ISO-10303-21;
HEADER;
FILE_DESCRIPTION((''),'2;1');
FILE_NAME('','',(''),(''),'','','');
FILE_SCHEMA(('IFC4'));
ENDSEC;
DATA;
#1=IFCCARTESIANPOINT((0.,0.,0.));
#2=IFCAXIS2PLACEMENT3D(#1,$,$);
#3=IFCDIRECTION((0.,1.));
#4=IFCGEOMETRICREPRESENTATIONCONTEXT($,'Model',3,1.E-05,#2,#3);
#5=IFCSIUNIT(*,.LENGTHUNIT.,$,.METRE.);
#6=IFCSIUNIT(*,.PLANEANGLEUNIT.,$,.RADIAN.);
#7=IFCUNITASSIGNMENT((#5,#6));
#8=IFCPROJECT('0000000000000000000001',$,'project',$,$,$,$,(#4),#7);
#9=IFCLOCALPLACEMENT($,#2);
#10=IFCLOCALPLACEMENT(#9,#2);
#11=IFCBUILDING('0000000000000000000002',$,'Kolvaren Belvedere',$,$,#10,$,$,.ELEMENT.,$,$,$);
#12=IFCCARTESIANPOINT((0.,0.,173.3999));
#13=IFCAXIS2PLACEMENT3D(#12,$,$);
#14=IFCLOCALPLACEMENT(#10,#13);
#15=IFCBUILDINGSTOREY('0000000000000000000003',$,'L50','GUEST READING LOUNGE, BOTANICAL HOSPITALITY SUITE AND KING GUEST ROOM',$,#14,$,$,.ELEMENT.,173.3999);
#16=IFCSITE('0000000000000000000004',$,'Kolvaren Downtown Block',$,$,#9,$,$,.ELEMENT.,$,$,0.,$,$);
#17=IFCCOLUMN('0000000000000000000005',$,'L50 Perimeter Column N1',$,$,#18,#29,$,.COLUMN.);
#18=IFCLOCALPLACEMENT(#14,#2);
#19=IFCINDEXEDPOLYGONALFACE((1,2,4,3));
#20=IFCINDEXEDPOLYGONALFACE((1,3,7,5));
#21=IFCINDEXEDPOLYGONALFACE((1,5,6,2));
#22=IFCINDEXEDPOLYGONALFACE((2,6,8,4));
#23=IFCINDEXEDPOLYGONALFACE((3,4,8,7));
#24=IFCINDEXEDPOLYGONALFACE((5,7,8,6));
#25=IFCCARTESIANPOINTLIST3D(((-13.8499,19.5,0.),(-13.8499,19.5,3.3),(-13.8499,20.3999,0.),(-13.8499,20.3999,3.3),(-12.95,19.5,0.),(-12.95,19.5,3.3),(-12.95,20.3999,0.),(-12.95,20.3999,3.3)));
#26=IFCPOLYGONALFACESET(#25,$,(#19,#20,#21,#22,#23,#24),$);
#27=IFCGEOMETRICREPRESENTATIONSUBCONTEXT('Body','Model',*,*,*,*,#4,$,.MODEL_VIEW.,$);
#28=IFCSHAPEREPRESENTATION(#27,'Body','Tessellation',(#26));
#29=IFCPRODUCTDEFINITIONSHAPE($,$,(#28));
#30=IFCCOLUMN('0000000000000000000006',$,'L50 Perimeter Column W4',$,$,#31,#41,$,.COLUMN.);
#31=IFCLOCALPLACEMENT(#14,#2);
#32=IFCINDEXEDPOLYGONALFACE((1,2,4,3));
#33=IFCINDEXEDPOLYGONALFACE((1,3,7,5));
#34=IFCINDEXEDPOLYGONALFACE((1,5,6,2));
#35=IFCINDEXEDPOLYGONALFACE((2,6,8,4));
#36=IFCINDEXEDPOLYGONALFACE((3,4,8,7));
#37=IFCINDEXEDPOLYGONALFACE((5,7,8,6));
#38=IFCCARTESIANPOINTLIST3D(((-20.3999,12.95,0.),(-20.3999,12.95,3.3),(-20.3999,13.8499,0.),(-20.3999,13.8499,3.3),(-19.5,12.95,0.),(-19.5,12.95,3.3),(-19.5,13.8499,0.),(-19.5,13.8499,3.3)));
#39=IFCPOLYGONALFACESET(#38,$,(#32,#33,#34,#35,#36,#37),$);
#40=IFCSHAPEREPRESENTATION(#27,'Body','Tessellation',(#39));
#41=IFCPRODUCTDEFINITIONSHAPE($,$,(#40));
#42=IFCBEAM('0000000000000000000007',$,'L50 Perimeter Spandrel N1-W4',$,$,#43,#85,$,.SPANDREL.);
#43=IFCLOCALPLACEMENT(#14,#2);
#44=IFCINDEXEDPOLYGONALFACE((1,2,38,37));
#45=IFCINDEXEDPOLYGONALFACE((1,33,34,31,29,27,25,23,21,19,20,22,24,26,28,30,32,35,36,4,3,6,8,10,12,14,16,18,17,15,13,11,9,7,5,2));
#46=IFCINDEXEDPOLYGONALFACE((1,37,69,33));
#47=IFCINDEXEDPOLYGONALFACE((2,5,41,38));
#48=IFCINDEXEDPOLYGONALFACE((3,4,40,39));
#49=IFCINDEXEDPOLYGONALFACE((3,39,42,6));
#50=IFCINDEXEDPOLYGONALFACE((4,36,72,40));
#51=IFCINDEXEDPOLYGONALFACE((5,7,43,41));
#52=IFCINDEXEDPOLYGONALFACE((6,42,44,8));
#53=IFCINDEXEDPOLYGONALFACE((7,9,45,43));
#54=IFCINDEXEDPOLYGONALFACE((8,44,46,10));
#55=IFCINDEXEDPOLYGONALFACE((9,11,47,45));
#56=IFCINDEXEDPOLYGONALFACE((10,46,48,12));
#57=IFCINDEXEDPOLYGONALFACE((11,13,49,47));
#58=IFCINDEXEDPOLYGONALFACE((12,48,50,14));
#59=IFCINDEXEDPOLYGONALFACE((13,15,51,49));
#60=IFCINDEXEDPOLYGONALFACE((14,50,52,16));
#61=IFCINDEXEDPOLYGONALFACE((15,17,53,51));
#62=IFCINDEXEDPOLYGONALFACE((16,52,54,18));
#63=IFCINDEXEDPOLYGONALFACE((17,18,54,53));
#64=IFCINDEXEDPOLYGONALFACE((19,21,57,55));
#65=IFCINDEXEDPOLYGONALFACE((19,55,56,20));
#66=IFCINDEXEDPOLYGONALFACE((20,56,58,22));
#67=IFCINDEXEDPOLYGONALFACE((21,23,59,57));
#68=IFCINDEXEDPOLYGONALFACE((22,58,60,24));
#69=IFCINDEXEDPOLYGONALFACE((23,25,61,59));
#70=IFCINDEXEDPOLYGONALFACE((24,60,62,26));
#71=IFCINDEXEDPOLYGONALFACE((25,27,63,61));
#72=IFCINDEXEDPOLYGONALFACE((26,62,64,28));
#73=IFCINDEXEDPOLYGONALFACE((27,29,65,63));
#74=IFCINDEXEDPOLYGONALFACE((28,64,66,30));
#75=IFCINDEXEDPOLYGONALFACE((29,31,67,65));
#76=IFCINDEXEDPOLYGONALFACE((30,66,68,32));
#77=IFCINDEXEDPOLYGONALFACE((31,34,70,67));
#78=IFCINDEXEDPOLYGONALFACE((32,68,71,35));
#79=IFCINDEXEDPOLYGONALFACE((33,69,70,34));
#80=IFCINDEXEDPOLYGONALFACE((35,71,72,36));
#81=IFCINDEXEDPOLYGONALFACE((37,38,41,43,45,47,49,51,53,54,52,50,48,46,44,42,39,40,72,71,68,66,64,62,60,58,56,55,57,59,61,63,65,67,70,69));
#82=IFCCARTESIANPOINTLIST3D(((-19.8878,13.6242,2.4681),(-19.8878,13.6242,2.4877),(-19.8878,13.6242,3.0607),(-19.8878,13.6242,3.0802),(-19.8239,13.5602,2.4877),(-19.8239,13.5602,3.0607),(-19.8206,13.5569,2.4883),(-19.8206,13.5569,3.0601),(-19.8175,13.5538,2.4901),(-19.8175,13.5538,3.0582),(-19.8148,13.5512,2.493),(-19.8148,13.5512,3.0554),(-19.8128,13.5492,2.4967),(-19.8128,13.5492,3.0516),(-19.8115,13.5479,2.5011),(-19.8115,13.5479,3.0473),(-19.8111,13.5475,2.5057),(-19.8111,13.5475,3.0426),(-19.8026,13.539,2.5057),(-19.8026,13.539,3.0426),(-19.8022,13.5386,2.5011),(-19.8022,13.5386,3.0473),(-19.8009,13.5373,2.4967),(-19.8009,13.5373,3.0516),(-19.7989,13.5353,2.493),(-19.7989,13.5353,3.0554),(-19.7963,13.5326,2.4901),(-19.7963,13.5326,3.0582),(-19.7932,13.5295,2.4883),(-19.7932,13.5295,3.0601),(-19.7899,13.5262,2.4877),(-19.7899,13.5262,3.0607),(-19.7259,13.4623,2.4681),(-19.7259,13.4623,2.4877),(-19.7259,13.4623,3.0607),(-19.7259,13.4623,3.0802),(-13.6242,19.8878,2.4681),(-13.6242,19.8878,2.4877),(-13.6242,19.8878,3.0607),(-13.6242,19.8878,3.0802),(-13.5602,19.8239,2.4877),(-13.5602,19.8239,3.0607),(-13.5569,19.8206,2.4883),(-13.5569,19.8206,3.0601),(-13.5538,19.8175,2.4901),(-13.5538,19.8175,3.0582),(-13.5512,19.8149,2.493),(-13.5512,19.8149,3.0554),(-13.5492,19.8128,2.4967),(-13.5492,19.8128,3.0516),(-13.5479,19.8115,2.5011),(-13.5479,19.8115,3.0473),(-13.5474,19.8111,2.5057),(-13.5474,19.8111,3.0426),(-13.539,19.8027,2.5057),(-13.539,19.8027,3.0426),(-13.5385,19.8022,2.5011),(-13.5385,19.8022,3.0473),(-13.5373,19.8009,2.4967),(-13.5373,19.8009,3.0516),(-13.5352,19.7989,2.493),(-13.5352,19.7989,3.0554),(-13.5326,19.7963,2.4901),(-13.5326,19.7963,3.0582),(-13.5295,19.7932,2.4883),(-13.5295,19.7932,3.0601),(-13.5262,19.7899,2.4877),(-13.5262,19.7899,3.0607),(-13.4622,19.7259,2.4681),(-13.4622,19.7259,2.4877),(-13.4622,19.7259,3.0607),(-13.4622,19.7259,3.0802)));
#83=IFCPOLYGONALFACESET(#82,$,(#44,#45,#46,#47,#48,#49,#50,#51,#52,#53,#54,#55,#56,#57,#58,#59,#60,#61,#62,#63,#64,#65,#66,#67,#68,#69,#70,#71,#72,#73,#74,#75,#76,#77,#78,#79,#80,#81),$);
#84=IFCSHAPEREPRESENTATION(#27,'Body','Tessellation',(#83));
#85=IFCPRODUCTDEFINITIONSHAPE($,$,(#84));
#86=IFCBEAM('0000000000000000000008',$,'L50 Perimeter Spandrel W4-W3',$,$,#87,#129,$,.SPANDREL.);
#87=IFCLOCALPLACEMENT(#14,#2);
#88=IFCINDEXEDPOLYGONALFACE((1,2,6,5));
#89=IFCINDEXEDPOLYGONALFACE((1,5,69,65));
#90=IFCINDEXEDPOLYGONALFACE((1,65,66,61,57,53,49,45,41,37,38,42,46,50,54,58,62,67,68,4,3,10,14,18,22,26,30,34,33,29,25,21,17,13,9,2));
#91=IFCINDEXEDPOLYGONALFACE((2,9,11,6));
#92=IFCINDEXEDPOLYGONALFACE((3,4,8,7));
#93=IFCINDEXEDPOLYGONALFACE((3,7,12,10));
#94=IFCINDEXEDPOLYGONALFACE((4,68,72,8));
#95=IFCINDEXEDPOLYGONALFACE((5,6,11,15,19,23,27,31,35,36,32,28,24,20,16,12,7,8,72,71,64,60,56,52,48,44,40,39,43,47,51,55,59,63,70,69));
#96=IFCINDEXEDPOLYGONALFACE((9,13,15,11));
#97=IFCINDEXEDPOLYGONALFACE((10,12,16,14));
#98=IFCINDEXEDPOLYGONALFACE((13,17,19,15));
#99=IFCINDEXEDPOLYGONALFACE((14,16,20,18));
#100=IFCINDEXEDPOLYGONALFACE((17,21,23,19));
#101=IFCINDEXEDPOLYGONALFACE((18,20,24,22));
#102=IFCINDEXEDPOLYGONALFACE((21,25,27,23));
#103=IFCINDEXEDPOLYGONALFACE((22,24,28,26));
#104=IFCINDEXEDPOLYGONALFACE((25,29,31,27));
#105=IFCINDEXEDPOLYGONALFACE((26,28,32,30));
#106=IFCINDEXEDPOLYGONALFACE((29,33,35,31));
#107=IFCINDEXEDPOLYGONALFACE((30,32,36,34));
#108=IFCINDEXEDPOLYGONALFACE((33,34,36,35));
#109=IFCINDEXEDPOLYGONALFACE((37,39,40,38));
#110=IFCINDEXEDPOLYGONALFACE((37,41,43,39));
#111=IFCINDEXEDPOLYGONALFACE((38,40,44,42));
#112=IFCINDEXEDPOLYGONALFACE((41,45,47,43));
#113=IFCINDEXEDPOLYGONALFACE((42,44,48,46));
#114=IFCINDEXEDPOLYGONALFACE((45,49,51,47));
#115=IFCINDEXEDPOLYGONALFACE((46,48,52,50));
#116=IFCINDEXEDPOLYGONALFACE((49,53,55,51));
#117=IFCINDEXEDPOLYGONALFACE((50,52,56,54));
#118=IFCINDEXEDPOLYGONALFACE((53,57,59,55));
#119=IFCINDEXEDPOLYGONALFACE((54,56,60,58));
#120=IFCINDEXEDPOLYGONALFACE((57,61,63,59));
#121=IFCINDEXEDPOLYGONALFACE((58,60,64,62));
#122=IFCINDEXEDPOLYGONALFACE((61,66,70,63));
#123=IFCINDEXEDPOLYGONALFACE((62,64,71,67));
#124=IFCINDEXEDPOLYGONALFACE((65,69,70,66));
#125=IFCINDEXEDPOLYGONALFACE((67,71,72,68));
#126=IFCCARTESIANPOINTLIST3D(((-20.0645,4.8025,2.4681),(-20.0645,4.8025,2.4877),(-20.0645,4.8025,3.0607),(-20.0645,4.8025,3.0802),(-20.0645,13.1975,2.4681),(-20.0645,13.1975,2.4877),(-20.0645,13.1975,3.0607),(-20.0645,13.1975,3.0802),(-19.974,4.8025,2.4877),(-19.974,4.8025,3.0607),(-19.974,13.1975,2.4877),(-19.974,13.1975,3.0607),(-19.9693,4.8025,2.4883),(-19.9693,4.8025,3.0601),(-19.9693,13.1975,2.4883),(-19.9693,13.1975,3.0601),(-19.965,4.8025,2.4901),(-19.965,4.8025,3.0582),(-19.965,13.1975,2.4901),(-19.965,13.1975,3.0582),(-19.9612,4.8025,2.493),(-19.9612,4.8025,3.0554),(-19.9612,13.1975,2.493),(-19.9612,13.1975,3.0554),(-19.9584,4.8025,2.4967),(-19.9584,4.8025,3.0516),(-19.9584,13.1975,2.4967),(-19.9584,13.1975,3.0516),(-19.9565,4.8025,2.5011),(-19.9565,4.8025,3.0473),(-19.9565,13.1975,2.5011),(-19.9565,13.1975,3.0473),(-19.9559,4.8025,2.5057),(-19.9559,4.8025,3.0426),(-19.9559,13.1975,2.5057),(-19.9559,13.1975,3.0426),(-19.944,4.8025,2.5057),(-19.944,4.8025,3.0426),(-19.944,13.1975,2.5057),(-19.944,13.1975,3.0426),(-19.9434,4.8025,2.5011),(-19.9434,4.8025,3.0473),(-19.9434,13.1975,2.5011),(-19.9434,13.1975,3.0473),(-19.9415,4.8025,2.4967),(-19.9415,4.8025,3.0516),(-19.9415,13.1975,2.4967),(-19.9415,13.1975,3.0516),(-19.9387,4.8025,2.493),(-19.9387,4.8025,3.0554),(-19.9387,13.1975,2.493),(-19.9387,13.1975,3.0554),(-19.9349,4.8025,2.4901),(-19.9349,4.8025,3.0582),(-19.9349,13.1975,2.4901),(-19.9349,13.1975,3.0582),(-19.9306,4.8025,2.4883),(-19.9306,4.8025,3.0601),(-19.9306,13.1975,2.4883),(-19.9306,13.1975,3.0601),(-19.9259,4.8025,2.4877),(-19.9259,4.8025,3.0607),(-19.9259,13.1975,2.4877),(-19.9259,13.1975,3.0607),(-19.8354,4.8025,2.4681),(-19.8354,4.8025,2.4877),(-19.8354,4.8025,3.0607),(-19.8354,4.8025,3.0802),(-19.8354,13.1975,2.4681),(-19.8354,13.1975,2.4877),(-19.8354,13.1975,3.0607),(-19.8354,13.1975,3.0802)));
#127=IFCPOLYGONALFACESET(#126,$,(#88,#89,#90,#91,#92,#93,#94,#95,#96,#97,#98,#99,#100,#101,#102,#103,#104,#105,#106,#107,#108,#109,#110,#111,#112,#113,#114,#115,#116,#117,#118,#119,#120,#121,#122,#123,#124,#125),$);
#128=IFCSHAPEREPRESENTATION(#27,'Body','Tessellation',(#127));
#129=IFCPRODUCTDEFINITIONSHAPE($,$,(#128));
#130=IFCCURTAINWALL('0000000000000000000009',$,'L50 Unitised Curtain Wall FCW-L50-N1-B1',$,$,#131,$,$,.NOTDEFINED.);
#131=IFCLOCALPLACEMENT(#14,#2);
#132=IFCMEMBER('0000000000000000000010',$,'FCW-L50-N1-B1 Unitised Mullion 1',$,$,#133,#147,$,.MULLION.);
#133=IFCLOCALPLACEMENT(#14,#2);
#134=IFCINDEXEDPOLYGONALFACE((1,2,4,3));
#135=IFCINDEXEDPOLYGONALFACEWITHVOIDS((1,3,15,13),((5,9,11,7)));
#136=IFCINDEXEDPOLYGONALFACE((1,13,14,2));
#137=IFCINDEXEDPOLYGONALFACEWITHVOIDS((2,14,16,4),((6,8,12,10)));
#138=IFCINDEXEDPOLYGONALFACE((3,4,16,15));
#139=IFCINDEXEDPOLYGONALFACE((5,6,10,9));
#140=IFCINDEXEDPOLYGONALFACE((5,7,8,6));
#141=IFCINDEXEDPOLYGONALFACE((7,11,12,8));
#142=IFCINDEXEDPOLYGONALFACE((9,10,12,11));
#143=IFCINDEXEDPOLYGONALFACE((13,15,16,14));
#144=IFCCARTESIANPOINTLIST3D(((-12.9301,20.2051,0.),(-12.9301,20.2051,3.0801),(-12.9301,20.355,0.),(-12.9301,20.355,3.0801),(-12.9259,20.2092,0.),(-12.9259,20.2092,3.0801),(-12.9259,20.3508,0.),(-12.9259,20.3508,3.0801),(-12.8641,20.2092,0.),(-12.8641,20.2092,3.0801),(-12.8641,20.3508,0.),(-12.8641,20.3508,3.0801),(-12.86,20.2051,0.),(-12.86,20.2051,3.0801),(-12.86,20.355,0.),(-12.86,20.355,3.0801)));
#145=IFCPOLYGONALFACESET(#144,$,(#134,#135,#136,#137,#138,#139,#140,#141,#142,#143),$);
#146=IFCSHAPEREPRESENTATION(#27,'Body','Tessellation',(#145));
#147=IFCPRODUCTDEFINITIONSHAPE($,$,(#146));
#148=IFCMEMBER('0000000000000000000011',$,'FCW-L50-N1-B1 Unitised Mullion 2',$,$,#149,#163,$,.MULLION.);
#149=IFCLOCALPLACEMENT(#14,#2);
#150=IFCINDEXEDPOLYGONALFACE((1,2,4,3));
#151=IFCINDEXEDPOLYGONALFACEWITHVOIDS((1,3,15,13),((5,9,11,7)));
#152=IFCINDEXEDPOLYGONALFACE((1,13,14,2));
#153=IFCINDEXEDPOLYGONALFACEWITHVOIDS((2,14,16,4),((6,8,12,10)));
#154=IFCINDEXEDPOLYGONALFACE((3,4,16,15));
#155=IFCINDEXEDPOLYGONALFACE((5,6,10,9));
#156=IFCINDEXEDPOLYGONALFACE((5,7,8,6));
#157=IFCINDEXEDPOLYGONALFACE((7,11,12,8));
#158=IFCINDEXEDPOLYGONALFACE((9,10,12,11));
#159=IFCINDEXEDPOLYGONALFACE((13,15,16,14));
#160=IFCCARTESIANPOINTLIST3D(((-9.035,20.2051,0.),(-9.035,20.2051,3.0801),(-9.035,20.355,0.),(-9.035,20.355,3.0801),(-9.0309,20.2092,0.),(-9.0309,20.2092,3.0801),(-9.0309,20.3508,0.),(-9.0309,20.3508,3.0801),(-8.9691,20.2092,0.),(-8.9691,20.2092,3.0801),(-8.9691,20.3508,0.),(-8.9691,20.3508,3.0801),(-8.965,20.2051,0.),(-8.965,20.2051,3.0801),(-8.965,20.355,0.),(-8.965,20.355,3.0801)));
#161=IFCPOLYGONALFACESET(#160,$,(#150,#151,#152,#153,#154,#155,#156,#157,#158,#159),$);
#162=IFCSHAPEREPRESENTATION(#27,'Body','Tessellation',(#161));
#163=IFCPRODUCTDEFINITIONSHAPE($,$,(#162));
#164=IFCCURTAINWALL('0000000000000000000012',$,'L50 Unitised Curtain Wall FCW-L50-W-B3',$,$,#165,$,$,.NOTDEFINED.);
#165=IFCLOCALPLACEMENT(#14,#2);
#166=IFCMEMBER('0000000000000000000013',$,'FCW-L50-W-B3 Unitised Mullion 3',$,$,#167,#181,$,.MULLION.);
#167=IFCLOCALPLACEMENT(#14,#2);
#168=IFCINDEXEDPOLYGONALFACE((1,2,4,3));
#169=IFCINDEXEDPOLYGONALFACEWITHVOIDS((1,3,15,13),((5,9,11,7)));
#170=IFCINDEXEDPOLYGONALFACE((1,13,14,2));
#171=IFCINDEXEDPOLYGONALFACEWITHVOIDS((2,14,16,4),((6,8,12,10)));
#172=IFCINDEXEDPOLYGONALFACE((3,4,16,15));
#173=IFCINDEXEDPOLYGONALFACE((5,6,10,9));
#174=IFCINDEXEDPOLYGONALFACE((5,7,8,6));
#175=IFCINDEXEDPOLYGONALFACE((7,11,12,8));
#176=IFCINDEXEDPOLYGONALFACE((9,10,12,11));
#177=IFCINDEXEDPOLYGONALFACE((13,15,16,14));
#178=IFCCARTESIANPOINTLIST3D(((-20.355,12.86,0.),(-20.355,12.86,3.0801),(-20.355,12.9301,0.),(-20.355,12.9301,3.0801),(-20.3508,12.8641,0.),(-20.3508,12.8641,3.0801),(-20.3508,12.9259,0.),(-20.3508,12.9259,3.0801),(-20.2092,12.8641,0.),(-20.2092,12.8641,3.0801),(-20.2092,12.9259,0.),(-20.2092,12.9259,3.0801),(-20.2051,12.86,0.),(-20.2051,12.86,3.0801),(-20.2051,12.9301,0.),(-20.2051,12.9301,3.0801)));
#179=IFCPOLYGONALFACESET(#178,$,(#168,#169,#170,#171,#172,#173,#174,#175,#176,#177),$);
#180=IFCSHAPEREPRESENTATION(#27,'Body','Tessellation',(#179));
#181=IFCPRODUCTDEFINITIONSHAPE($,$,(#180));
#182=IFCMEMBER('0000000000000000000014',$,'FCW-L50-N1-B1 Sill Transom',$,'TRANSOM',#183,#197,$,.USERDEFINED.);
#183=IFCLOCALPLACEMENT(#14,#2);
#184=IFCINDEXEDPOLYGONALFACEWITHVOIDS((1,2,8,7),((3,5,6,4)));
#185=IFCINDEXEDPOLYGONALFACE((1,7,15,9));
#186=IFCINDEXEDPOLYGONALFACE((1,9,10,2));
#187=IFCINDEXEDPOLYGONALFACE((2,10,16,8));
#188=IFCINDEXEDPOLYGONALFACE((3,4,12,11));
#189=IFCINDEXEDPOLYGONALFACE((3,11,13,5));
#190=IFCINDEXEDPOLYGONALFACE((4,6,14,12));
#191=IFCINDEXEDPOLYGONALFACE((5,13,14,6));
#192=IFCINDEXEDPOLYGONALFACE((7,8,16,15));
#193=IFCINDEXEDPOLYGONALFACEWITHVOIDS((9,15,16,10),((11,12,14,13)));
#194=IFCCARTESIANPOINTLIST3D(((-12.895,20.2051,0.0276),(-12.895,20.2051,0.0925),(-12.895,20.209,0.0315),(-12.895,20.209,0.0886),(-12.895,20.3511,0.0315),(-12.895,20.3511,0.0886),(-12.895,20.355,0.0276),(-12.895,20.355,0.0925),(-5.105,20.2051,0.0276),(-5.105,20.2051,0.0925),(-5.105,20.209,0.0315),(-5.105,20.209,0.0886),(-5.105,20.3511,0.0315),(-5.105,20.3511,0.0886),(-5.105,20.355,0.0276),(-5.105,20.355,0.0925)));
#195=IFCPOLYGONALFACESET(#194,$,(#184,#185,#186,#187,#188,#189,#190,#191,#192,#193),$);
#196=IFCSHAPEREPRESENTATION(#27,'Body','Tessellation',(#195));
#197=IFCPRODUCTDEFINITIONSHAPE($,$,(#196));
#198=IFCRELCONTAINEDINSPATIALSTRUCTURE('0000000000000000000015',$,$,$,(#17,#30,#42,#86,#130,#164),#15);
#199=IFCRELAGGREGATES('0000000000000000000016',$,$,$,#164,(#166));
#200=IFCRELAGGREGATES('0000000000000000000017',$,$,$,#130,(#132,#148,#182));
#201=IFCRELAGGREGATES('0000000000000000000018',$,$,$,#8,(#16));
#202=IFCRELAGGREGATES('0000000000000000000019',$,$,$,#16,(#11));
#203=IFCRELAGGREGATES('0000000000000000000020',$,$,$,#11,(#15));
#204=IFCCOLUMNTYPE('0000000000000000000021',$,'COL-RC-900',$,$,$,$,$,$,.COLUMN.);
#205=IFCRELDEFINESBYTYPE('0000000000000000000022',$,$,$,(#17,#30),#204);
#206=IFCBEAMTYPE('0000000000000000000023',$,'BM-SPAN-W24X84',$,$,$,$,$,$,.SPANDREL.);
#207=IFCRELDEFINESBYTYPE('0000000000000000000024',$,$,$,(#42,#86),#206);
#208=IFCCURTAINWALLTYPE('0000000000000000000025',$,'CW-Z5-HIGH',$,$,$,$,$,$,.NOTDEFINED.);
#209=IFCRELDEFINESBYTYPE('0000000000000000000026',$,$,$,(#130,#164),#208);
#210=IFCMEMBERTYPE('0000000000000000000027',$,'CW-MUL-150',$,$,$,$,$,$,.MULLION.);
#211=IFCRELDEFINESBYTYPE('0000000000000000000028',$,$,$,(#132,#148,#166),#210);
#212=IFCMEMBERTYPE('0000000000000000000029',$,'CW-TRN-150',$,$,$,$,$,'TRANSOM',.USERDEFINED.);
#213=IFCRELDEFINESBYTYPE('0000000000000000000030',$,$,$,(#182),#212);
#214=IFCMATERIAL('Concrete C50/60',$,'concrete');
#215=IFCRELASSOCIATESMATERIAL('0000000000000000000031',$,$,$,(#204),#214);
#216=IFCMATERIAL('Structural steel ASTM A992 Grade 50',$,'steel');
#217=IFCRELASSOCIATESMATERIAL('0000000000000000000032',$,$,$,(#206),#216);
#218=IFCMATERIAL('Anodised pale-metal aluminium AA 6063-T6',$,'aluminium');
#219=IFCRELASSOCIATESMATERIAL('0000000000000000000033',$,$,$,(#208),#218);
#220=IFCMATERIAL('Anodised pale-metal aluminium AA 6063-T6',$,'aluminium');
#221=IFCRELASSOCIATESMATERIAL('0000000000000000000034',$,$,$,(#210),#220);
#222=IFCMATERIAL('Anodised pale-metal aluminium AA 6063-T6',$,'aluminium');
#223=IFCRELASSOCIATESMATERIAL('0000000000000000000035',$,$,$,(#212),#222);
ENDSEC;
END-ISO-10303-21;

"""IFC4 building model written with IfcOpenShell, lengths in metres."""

from ifc_helpers import new_model, si_unit, direction, frame, origin, origin_2d, place, context, subcontext, project, spatial, rectangle, hollow_rectangle, i_section, extrude, material, material_profile, profile_set, type_object, element, aggregate, save


model = new_model("IFC4")

# Units and contexts
model_context = context("Model", 3, precision=1e-05, world=origin(), true_north=direction((0.0, 1.0)))
body_context = subcontext(model_context, "Body", "Model", "MODEL_VIEW")
ifc_project = project(units=[si_unit("LENGTHUNIT", "METRE"), si_unit("PLANEANGLEUNIT", "RADIAN")], contexts=[model_context])

# Site, building, storey
site_placement = place(None, origin())
site = spatial("IfcSite", under=ifc_project, at=site_placement, Name="Kolvaren Downtown Block", CompositionType="ELEMENT", RefElevation=0.0)
building_placement = place(site_placement, origin())
building = spatial("IfcBuilding", under=site, at=building_placement, Name="Kolvaren Belvedere", CompositionType="ELEMENT")
storey_placement = place(building_placement, frame((0.0, 0.0, 173.3999)))
storey = spatial("IfcBuildingStorey", under=building, at=storey_placement, Name="L50", Description="GUEST READING LOUNGE, BOTANICAL HOSPITALITY SUITE AND KING GUEST ROOM", CompositionType="ELEMENT", Elevation=173.3999)

# Columns
ifc_material_1 = material(Name="Concrete C50/60", Category="concrete")
ifc_material_profile_1 = material_profile(ifc_material_1, rectangle(XDim=0.8999, YDim=0.8999, at=origin_2d()), Name="RC 900X900")
ifc_profile_set_1 = profile_set([ifc_material_profile_1], Name="Concrete C50/60")
column_type = type_object("IfcColumnType", Name="COL-RC-900", PredefinedType="COLUMN", material=ifc_profile_set_1)
for number, where, z_axis, x_axis, name in (
    (1, (-13.3999, 19.95, 0.0), (0.0, 0.0, 1.0), (1.0, 0.0, 0.0), "L50 Perimeter Column N1"),
    (2, (-19.95, 13.3999, 0.0), (0.0, 0.0, 1.0), (1.0, 0.0, 0.0), "L50 Perimeter Column W4"),
):
    element("IfcColumn", number, at=place(storey_placement, frame(where, z_axis=z_axis, x_axis=x_axis)), inside=storey, type_object=column_type, Name=name, PredefinedType="COLUMN", context=body_context, shape_type="SweptSolid", body=[
        extrude(rectangle(XDim=0.8999, YDim=0.8999, at=origin_2d()), origin(), (0.0, 0.0, 1.0), 3.3),
    ])

# Beams
ifc_material_2 = material(Name="Structural steel ASTM A992 Grade 50", Category="steel")
ifc_material_profile_2 = material_profile(ifc_material_2, i_section(OverallWidth=0.229, OverallDepth=0.6121, WebThickness=0.012, FlangeThickness=0.0195, FilletRadius=0.0181, at=origin_2d()), Name="W24X84")
ifc_profile_set_2 = profile_set([ifc_material_profile_2], Name="Structural steel ASTM A992 Grade 50")
beam_type = type_object("IfcBeamType", Name="BM-SPAN-W24X84", PredefinedType="SPANDREL", material=ifc_profile_set_2)
beam_1_placement = place(storey_placement, frame((-13.5432, 19.8069, 2.7742), z_axis=(-0.707107, -0.707107, 0.0), x_axis=(0.707107, -0.707107, 0.0)))
element("IfcBeam", 3, at=beam_1_placement, inside=storey, type_object=beam_type, Name="L50 Perimeter Spandrel N1-W4", PredefinedType="SPANDREL", context=body_context, shape_type="SweptSolid", body=[
    extrude(i_section(OverallWidth=0.229, OverallDepth=0.6121, WebThickness=0.012, FlangeThickness=0.0195, FilletRadius=0.0181, at=origin_2d()), origin(), (0.0, 0.0, 1.0), 8.8582),
])
beam_2_placement = place(storey_placement, frame((-19.95, 13.1975, 2.7742), z_axis=(0.0, -1.0, 0.0), x_axis=(1.0, 0.0, 0.0)))
element("IfcBeam", 4, at=beam_2_placement, inside=storey, type_object=beam_type, Name="L50 Perimeter Spandrel W4-W3", PredefinedType="SPANDREL", context=body_context, shape_type="SweptSolid", body=[
    extrude(i_section(OverallWidth=0.229, OverallDepth=0.6121, WebThickness=0.012, FlangeThickness=0.0195, FilletRadius=0.0181, at=origin_2d()), origin(), (0.0, 0.0, 1.0), 8.395),
])

# Curtain wall, members
ifc_material_3 = material(Name="Anodised pale-metal aluminium AA 6063-T6", Category="aluminium")
curtain_wall_type = type_object("IfcCurtainWallType", Name="CW-Z5-HIGH", PredefinedType="NOTDEFINED", material=ifc_material_3)
curtain_wall_1_placement = place(storey_placement, origin())
curtain_wall_1 = element("IfcCurtainWall", 5, at=curtain_wall_1_placement, inside=storey, type_object=curtain_wall_type, Name="L50 Unitised Curtain Wall FCW-L50-N1-B1", PredefinedType="NOTDEFINED")
ifc_material_4 = material(Name="Anodised pale-metal aluminium AA 6063-T6", Category="aluminium")
ifc_material_profile_3 = material_profile(ifc_material_4, hollow_rectangle(XDim=0.0701, YDim=0.1499, WallThickness=0.0042, at=origin_2d()), Name="ALU-MUL-150X70")
ifc_profile_set_3 = profile_set([ifc_material_profile_3], Name="Anodised pale-metal aluminium AA 6063-T6")
member_type_1 = type_object("IfcMemberType", Name="CW-MUL-150", PredefinedType="MULLION", material=ifc_profile_set_3)
member_1_placement = place(storey_placement, frame((-12.895, 20.28, 0.0), z_axis=(0.0, 0.0, 1.0), x_axis=(1.0, 0.0, 0.0)))
member_1 = element("IfcMember", 6, at=member_1_placement, type_object=member_type_1, Name="FCW-L50-N1-B1 Unitised Mullion 1", PredefinedType="MULLION", context=body_context, shape_type="SweptSolid", body=[
    extrude(hollow_rectangle(XDim=0.0701, YDim=0.1499, WallThickness=0.0042, at=origin_2d()), origin(), (0.0, 0.0, 1.0), 3.0801),
])
member_2_placement = place(storey_placement, frame((-9.0, 20.28, 0.0), z_axis=(0.0, 0.0, 1.0), x_axis=(1.0, 0.0, 0.0)))
member_2 = element("IfcMember", 7, at=member_2_placement, type_object=member_type_1, Name="FCW-L50-N1-B1 Unitised Mullion 2", PredefinedType="MULLION", context=body_context, shape_type="SweptSolid", body=[
    extrude(hollow_rectangle(XDim=0.0701, YDim=0.1499, WallThickness=0.0042, at=origin_2d()), origin(), (0.0, 0.0, 1.0), 3.0801),
])

# Curtain wall, member
curtain_wall_2_placement = place(storey_placement, origin())
curtain_wall_2 = element("IfcCurtainWall", 8, at=curtain_wall_2_placement, inside=storey, type_object=curtain_wall_type, Name="L50 Unitised Curtain Wall FCW-L50-W-B3", PredefinedType="NOTDEFINED")
member_3_placement = place(storey_placement, frame((-20.28, 12.895, 0.0), z_axis=(0.0, 0.0, 1.0), x_axis=(0.0, 1.0, 0.0)))
member_3 = element("IfcMember", 9, at=member_3_placement, type_object=member_type_1, Name="FCW-L50-W-B3 Unitised Mullion 3", PredefinedType="MULLION", context=body_context, shape_type="SweptSolid", body=[
    extrude(hollow_rectangle(XDim=0.0701, YDim=0.1499, WallThickness=0.0042, at=origin_2d()), origin(), (0.0, 0.0, 1.0), 3.0801),
])
aggregate(curtain_wall_2, [member_3])

# Member
ifc_material_5 = material(Name="Anodised pale-metal aluminium AA 6063-T6", Category="aluminium")
ifc_material_profile_4 = material_profile(ifc_material_5, hollow_rectangle(XDim=0.0649, YDim=0.1499, WallThickness=0.0039, at=origin_2d()), Name="ALU-TRN-150X65")
ifc_profile_set_4 = profile_set([ifc_material_profile_4], Name="Anodised pale-metal aluminium AA 6063-T6")
member_type_2 = type_object("IfcMemberType", Name="CW-TRN-150", ElementType="TRANSOM", PredefinedType="USERDEFINED", material=ifc_profile_set_4)
member_4_placement = place(storey_placement, frame((-12.895, 20.28, 0.0601), z_axis=(1.0, 0.0, 0.0), x_axis=(0.0, 0.0, 1.0)))
member_4 = element("IfcMember", 10, at=member_4_placement, type_object=member_type_2, Name="FCW-L50-N1-B1 Sill Transom", ObjectType="TRANSOM", PredefinedType="USERDEFINED", context=body_context, shape_type="SweptSolid", body=[
    extrude(hollow_rectangle(XDim=0.0649, YDim=0.1499, WallThickness=0.0039, at=origin_2d()), origin(), (0.0, 0.0, 1.0), 7.79),
])

aggregate(curtain_wall_1, [member_1, member_2, member_4])

save(model, "model.ifc")
